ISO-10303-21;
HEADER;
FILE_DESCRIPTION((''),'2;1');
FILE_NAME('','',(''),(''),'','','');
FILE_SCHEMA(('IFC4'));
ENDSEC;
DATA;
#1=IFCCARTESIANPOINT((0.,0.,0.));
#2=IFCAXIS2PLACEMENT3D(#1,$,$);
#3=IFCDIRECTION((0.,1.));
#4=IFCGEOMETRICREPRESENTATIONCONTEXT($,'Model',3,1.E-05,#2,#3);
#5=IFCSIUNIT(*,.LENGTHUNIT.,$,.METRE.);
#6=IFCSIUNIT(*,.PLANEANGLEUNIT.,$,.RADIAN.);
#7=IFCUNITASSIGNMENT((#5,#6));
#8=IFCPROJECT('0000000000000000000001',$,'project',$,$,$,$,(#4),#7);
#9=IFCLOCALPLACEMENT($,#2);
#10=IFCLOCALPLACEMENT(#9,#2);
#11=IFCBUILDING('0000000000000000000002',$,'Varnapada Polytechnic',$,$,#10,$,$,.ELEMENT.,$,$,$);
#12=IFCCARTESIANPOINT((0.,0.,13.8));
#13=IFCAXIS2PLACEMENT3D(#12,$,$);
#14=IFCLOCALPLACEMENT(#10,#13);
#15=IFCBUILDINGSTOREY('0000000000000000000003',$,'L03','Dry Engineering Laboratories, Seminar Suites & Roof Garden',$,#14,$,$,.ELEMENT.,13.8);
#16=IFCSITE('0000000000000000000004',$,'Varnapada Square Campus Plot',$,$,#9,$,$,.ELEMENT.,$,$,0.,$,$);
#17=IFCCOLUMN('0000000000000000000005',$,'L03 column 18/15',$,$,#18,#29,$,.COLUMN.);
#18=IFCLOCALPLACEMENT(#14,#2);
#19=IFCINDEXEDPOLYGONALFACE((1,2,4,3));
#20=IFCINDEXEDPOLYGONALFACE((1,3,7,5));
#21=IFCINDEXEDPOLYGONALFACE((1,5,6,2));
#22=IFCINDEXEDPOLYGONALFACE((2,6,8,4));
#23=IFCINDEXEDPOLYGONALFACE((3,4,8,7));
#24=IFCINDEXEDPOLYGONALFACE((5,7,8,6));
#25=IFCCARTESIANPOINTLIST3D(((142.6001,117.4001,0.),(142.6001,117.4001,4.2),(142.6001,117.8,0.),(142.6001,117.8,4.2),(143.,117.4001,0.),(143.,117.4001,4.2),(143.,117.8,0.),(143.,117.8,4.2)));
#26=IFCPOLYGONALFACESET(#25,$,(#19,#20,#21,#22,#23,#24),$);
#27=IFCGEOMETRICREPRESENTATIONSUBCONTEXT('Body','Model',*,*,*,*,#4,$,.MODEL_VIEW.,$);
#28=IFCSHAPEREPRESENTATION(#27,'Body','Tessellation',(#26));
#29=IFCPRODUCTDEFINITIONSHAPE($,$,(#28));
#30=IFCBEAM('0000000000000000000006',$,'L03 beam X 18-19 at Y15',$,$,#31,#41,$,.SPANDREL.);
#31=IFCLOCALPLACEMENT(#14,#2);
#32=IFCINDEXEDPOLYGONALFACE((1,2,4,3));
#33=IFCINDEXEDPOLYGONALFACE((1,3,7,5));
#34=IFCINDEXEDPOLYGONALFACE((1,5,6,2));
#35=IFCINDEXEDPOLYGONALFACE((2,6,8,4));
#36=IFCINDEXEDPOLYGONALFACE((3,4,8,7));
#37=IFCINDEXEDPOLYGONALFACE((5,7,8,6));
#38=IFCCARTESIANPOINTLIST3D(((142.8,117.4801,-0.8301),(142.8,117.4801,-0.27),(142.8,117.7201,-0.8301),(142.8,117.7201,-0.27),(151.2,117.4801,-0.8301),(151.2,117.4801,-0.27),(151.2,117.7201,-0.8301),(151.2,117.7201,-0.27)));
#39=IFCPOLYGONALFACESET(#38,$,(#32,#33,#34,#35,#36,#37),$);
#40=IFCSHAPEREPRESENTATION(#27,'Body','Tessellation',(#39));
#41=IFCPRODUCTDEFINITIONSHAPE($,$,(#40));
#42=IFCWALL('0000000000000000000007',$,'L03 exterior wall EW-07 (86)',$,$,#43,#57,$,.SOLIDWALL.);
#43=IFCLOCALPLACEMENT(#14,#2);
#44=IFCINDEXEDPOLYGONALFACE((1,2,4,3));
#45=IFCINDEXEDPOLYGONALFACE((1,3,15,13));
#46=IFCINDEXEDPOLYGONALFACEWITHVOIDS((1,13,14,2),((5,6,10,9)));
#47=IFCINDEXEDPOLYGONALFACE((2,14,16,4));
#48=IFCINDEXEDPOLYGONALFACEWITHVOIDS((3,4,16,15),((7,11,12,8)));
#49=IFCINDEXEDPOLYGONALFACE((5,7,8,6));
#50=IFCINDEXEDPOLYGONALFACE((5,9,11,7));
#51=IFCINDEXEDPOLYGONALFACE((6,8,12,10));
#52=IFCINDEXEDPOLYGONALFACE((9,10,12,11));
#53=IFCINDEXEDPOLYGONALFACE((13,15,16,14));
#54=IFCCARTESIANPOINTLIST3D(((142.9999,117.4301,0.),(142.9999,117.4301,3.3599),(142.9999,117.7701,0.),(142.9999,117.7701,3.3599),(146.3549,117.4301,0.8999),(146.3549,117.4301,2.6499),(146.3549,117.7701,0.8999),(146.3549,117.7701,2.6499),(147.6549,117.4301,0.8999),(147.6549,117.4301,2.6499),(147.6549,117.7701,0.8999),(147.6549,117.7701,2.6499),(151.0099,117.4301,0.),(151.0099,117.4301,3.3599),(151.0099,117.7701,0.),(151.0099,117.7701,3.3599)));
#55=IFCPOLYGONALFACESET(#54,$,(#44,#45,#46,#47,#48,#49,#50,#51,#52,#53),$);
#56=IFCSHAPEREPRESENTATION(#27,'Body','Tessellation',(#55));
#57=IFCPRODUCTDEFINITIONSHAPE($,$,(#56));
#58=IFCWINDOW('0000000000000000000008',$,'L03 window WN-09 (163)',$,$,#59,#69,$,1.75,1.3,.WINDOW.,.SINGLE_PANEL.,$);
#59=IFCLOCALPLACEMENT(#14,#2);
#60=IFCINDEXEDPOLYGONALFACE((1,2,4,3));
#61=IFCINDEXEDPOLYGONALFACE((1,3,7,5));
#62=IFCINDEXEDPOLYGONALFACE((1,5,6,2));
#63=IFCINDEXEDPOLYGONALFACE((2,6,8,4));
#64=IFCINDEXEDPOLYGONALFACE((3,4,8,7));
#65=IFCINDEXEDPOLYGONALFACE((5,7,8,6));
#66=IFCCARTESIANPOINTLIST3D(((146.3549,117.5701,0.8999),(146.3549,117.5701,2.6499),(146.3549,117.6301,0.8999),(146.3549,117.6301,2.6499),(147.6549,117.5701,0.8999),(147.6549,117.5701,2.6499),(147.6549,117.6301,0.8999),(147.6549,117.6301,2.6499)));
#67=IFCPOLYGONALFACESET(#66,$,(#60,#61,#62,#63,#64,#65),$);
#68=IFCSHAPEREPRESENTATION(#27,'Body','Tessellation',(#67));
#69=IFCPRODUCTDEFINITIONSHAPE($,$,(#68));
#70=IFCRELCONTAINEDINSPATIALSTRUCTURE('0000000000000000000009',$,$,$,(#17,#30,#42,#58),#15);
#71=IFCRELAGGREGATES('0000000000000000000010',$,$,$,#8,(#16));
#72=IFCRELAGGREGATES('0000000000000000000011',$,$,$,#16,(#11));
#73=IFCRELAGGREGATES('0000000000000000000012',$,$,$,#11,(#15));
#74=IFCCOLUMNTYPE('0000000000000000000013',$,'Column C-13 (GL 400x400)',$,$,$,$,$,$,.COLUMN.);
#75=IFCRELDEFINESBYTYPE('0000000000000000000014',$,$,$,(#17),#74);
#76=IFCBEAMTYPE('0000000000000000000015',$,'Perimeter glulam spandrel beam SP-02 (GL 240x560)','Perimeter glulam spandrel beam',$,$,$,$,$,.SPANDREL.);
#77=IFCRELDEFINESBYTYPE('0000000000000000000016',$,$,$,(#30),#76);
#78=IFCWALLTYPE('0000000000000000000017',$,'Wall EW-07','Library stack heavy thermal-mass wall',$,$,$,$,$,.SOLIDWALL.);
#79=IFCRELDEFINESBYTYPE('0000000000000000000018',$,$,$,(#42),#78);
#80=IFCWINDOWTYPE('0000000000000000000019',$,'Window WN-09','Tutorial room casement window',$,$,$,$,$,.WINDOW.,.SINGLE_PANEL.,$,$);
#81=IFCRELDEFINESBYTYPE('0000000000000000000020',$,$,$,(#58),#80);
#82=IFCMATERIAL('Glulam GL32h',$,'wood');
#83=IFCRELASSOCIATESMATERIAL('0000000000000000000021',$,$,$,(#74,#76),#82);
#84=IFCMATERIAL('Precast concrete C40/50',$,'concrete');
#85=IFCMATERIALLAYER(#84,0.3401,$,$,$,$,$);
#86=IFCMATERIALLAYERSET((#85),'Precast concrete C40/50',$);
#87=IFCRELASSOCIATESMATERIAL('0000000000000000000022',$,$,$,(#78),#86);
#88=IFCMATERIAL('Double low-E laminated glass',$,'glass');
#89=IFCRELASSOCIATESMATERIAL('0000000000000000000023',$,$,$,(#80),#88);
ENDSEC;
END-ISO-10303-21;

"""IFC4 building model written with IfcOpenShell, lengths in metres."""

from ifc_helpers import new_model, si_unit, direction, frame, frame_2d, origin, origin_2d, place, context, subcontext, project, spatial, rectangle, extrude, material, layer, layer_set, material_profile, profile_set, type_object, element, fill, save


model = new_model("IFC4")

# Units and contexts
model_context = context("Model", 3, precision=1e-05, world=origin(), true_north=direction((0.0, 1.0)))
body_context = subcontext(model_context, "Body", "Model", "MODEL_VIEW")
ifc_project = project(units=[si_unit("LENGTHUNIT", "METRE"), si_unit("PLANEANGLEUNIT", "RADIAN")], contexts=[model_context])

# Site, building, storey
site_placement = place(None, origin())
site = spatial("IfcSite", under=ifc_project, at=site_placement, Name="Varnapada Square Campus Plot", CompositionType="ELEMENT", RefElevation=0.0)
building_placement = place(site_placement, origin())
building = spatial("IfcBuilding", under=site, at=building_placement, Name="Varnapada Polytechnic", CompositionType="ELEMENT")
storey_placement = place(building_placement, frame((0.0, 0.0, 13.8)))
storey = spatial("IfcBuildingStorey", under=building, at=storey_placement, Name="L03", Description="Dry Engineering Laboratories, Seminar Suites & Roof Garden", CompositionType="ELEMENT", Elevation=13.8)

# Column
ifc_material_1 = material(Name="Glulam GL32h", Category="wood")
ifc_material_profile_1 = material_profile(ifc_material_1, rectangle(XDim=0.3999, YDim=0.3999, at=origin_2d()), Name="GL 400x400")
ifc_profile_set_1 = profile_set([ifc_material_profile_1], Name="Glulam GL32h")
column_type = type_object("IfcColumnType", Name="Column C-13 (GL 400x400)", PredefinedType="COLUMN", material=ifc_profile_set_1)
column_placement = place(storey_placement, frame((142.8, 117.6001, 0.0), z_axis=(0.0, 0.0, 1.0), x_axis=(1.0, 0.0, 0.0)))
element("IfcColumn", 1, at=column_placement, inside=storey, type_object=column_type, Name="L03 column 18/15", PredefinedType="COLUMN", context=body_context, shape_type="SweptSolid", body=[
    extrude(rectangle(XDim=0.3999, YDim=0.3999, at=origin_2d()), origin(), (0.0, 0.0, 1.0), 4.2),
])

# Beam
ifc_material_profile_2 = material_profile(ifc_material_1, rectangle(XDim=0.24, YDim=0.5601, at=origin_2d()), Name="GL 240x560")
ifc_profile_set_2 = profile_set([ifc_material_profile_2], Name="Glulam GL32h")
beam_type = type_object("IfcBeamType", Name="Perimeter glulam spandrel beam SP-02 (GL 240x560)", Description="Perimeter glulam spandrel beam", PredefinedType="SPANDREL", material=ifc_profile_set_2)
beam_placement = place(storey_placement, frame((142.8, 117.6001, -0.55), z_axis=(1.0, 0.0, 0.0), x_axis=(0.0, 1.0, 0.0)))
element("IfcBeam", 2, at=beam_placement, inside=storey, type_object=beam_type, Name="L03 beam X 18-19 at Y15", PredefinedType="SPANDREL", context=body_context, shape_type="SweptSolid", body=[
    extrude(rectangle(XDim=0.24, YDim=0.5601, at=origin_2d()), origin(), (0.0, 0.0, 1.0), 8.3999),
])

# Wall, opening, window
ifc_material_2 = material(Name="Precast concrete C40/50", Category="concrete")
ifc_layer_1 = layer(ifc_material_2, 0.3401)
ifc_layer_set_1 = layer_set([ifc_layer_1], Name="Precast concrete C40/50")
wall_type = type_object("IfcWallType", Name="Wall EW-07", Description="Library stack heavy thermal-mass wall", PredefinedType="SOLIDWALL", material=ifc_layer_set_1)
wall_placement = place(storey_placement, frame((143.0, 117.6001, 0.0), z_axis=(0.0, 0.0, 1.0), x_axis=(1.0, 0.0, 0.0)))
wall = element("IfcWall", 3, at=wall_placement, inside=storey, type_object=wall_type, Name="L03 exterior wall EW-07 (86)", PredefinedType="SOLIDWALL", context=body_context, shape_type="SweptSolid", body=[
    extrude(rectangle(XDim=8.01, YDim=0.3401, at=frame_2d((4.0049, 0.0))), origin(), (0.0, 0.0, 1.0), 3.3599),
])
opening_1_placement = place(wall_placement, frame((3.355, 0.0, 0.8999)))
opening_1 = element("IfcOpeningElement", 4, at=opening_1_placement, cuts=wall, PredefinedType="OPENING", context=body_context, shape_type="SweptSolid", body=[
    extrude(rectangle(XDim=1.3, YDim=1.75, at=frame_2d((0.6499, 0.875))), frame((0.0, 0.1799, 0.0), z_axis=(0.0, -1.0, 0.0), x_axis=(1.0, 0.0, 0.0)), (0.0, 0.0, 1.0), 0.3601),
])
ifc_material_3 = material(Name="Double low-E laminated glass", Category="glass")
window_type = type_object("IfcWindowType", Name="Window WN-09", Description="Tutorial room casement window", PartitioningType="SINGLE_PANEL", PredefinedType="WINDOW", material=ifc_material_3)
window_placement = place(opening_1_placement, origin())
window = element("IfcWindow", 5, at=window_placement, inside=storey, type_object=window_type, Name="L03 window WN-09 (163)", OverallHeight=1.75, OverallWidth=1.3, PartitioningType="SINGLE_PANEL", PredefinedType="WINDOW", context=body_context, shape_type="SweptSolid", body=[
    extrude(rectangle(XDim=1.3, YDim=1.75, at=frame_2d((0.6499, 0.875))), frame((0.0, 0.03, 0.0), z_axis=(0.0, -1.0, 0.0), x_axis=(1.0, 0.0, 0.0)), (0.0, 0.0, 1.0), 0.0601),
])
fill(opening_1, window)

save(model, "model.ifc")
